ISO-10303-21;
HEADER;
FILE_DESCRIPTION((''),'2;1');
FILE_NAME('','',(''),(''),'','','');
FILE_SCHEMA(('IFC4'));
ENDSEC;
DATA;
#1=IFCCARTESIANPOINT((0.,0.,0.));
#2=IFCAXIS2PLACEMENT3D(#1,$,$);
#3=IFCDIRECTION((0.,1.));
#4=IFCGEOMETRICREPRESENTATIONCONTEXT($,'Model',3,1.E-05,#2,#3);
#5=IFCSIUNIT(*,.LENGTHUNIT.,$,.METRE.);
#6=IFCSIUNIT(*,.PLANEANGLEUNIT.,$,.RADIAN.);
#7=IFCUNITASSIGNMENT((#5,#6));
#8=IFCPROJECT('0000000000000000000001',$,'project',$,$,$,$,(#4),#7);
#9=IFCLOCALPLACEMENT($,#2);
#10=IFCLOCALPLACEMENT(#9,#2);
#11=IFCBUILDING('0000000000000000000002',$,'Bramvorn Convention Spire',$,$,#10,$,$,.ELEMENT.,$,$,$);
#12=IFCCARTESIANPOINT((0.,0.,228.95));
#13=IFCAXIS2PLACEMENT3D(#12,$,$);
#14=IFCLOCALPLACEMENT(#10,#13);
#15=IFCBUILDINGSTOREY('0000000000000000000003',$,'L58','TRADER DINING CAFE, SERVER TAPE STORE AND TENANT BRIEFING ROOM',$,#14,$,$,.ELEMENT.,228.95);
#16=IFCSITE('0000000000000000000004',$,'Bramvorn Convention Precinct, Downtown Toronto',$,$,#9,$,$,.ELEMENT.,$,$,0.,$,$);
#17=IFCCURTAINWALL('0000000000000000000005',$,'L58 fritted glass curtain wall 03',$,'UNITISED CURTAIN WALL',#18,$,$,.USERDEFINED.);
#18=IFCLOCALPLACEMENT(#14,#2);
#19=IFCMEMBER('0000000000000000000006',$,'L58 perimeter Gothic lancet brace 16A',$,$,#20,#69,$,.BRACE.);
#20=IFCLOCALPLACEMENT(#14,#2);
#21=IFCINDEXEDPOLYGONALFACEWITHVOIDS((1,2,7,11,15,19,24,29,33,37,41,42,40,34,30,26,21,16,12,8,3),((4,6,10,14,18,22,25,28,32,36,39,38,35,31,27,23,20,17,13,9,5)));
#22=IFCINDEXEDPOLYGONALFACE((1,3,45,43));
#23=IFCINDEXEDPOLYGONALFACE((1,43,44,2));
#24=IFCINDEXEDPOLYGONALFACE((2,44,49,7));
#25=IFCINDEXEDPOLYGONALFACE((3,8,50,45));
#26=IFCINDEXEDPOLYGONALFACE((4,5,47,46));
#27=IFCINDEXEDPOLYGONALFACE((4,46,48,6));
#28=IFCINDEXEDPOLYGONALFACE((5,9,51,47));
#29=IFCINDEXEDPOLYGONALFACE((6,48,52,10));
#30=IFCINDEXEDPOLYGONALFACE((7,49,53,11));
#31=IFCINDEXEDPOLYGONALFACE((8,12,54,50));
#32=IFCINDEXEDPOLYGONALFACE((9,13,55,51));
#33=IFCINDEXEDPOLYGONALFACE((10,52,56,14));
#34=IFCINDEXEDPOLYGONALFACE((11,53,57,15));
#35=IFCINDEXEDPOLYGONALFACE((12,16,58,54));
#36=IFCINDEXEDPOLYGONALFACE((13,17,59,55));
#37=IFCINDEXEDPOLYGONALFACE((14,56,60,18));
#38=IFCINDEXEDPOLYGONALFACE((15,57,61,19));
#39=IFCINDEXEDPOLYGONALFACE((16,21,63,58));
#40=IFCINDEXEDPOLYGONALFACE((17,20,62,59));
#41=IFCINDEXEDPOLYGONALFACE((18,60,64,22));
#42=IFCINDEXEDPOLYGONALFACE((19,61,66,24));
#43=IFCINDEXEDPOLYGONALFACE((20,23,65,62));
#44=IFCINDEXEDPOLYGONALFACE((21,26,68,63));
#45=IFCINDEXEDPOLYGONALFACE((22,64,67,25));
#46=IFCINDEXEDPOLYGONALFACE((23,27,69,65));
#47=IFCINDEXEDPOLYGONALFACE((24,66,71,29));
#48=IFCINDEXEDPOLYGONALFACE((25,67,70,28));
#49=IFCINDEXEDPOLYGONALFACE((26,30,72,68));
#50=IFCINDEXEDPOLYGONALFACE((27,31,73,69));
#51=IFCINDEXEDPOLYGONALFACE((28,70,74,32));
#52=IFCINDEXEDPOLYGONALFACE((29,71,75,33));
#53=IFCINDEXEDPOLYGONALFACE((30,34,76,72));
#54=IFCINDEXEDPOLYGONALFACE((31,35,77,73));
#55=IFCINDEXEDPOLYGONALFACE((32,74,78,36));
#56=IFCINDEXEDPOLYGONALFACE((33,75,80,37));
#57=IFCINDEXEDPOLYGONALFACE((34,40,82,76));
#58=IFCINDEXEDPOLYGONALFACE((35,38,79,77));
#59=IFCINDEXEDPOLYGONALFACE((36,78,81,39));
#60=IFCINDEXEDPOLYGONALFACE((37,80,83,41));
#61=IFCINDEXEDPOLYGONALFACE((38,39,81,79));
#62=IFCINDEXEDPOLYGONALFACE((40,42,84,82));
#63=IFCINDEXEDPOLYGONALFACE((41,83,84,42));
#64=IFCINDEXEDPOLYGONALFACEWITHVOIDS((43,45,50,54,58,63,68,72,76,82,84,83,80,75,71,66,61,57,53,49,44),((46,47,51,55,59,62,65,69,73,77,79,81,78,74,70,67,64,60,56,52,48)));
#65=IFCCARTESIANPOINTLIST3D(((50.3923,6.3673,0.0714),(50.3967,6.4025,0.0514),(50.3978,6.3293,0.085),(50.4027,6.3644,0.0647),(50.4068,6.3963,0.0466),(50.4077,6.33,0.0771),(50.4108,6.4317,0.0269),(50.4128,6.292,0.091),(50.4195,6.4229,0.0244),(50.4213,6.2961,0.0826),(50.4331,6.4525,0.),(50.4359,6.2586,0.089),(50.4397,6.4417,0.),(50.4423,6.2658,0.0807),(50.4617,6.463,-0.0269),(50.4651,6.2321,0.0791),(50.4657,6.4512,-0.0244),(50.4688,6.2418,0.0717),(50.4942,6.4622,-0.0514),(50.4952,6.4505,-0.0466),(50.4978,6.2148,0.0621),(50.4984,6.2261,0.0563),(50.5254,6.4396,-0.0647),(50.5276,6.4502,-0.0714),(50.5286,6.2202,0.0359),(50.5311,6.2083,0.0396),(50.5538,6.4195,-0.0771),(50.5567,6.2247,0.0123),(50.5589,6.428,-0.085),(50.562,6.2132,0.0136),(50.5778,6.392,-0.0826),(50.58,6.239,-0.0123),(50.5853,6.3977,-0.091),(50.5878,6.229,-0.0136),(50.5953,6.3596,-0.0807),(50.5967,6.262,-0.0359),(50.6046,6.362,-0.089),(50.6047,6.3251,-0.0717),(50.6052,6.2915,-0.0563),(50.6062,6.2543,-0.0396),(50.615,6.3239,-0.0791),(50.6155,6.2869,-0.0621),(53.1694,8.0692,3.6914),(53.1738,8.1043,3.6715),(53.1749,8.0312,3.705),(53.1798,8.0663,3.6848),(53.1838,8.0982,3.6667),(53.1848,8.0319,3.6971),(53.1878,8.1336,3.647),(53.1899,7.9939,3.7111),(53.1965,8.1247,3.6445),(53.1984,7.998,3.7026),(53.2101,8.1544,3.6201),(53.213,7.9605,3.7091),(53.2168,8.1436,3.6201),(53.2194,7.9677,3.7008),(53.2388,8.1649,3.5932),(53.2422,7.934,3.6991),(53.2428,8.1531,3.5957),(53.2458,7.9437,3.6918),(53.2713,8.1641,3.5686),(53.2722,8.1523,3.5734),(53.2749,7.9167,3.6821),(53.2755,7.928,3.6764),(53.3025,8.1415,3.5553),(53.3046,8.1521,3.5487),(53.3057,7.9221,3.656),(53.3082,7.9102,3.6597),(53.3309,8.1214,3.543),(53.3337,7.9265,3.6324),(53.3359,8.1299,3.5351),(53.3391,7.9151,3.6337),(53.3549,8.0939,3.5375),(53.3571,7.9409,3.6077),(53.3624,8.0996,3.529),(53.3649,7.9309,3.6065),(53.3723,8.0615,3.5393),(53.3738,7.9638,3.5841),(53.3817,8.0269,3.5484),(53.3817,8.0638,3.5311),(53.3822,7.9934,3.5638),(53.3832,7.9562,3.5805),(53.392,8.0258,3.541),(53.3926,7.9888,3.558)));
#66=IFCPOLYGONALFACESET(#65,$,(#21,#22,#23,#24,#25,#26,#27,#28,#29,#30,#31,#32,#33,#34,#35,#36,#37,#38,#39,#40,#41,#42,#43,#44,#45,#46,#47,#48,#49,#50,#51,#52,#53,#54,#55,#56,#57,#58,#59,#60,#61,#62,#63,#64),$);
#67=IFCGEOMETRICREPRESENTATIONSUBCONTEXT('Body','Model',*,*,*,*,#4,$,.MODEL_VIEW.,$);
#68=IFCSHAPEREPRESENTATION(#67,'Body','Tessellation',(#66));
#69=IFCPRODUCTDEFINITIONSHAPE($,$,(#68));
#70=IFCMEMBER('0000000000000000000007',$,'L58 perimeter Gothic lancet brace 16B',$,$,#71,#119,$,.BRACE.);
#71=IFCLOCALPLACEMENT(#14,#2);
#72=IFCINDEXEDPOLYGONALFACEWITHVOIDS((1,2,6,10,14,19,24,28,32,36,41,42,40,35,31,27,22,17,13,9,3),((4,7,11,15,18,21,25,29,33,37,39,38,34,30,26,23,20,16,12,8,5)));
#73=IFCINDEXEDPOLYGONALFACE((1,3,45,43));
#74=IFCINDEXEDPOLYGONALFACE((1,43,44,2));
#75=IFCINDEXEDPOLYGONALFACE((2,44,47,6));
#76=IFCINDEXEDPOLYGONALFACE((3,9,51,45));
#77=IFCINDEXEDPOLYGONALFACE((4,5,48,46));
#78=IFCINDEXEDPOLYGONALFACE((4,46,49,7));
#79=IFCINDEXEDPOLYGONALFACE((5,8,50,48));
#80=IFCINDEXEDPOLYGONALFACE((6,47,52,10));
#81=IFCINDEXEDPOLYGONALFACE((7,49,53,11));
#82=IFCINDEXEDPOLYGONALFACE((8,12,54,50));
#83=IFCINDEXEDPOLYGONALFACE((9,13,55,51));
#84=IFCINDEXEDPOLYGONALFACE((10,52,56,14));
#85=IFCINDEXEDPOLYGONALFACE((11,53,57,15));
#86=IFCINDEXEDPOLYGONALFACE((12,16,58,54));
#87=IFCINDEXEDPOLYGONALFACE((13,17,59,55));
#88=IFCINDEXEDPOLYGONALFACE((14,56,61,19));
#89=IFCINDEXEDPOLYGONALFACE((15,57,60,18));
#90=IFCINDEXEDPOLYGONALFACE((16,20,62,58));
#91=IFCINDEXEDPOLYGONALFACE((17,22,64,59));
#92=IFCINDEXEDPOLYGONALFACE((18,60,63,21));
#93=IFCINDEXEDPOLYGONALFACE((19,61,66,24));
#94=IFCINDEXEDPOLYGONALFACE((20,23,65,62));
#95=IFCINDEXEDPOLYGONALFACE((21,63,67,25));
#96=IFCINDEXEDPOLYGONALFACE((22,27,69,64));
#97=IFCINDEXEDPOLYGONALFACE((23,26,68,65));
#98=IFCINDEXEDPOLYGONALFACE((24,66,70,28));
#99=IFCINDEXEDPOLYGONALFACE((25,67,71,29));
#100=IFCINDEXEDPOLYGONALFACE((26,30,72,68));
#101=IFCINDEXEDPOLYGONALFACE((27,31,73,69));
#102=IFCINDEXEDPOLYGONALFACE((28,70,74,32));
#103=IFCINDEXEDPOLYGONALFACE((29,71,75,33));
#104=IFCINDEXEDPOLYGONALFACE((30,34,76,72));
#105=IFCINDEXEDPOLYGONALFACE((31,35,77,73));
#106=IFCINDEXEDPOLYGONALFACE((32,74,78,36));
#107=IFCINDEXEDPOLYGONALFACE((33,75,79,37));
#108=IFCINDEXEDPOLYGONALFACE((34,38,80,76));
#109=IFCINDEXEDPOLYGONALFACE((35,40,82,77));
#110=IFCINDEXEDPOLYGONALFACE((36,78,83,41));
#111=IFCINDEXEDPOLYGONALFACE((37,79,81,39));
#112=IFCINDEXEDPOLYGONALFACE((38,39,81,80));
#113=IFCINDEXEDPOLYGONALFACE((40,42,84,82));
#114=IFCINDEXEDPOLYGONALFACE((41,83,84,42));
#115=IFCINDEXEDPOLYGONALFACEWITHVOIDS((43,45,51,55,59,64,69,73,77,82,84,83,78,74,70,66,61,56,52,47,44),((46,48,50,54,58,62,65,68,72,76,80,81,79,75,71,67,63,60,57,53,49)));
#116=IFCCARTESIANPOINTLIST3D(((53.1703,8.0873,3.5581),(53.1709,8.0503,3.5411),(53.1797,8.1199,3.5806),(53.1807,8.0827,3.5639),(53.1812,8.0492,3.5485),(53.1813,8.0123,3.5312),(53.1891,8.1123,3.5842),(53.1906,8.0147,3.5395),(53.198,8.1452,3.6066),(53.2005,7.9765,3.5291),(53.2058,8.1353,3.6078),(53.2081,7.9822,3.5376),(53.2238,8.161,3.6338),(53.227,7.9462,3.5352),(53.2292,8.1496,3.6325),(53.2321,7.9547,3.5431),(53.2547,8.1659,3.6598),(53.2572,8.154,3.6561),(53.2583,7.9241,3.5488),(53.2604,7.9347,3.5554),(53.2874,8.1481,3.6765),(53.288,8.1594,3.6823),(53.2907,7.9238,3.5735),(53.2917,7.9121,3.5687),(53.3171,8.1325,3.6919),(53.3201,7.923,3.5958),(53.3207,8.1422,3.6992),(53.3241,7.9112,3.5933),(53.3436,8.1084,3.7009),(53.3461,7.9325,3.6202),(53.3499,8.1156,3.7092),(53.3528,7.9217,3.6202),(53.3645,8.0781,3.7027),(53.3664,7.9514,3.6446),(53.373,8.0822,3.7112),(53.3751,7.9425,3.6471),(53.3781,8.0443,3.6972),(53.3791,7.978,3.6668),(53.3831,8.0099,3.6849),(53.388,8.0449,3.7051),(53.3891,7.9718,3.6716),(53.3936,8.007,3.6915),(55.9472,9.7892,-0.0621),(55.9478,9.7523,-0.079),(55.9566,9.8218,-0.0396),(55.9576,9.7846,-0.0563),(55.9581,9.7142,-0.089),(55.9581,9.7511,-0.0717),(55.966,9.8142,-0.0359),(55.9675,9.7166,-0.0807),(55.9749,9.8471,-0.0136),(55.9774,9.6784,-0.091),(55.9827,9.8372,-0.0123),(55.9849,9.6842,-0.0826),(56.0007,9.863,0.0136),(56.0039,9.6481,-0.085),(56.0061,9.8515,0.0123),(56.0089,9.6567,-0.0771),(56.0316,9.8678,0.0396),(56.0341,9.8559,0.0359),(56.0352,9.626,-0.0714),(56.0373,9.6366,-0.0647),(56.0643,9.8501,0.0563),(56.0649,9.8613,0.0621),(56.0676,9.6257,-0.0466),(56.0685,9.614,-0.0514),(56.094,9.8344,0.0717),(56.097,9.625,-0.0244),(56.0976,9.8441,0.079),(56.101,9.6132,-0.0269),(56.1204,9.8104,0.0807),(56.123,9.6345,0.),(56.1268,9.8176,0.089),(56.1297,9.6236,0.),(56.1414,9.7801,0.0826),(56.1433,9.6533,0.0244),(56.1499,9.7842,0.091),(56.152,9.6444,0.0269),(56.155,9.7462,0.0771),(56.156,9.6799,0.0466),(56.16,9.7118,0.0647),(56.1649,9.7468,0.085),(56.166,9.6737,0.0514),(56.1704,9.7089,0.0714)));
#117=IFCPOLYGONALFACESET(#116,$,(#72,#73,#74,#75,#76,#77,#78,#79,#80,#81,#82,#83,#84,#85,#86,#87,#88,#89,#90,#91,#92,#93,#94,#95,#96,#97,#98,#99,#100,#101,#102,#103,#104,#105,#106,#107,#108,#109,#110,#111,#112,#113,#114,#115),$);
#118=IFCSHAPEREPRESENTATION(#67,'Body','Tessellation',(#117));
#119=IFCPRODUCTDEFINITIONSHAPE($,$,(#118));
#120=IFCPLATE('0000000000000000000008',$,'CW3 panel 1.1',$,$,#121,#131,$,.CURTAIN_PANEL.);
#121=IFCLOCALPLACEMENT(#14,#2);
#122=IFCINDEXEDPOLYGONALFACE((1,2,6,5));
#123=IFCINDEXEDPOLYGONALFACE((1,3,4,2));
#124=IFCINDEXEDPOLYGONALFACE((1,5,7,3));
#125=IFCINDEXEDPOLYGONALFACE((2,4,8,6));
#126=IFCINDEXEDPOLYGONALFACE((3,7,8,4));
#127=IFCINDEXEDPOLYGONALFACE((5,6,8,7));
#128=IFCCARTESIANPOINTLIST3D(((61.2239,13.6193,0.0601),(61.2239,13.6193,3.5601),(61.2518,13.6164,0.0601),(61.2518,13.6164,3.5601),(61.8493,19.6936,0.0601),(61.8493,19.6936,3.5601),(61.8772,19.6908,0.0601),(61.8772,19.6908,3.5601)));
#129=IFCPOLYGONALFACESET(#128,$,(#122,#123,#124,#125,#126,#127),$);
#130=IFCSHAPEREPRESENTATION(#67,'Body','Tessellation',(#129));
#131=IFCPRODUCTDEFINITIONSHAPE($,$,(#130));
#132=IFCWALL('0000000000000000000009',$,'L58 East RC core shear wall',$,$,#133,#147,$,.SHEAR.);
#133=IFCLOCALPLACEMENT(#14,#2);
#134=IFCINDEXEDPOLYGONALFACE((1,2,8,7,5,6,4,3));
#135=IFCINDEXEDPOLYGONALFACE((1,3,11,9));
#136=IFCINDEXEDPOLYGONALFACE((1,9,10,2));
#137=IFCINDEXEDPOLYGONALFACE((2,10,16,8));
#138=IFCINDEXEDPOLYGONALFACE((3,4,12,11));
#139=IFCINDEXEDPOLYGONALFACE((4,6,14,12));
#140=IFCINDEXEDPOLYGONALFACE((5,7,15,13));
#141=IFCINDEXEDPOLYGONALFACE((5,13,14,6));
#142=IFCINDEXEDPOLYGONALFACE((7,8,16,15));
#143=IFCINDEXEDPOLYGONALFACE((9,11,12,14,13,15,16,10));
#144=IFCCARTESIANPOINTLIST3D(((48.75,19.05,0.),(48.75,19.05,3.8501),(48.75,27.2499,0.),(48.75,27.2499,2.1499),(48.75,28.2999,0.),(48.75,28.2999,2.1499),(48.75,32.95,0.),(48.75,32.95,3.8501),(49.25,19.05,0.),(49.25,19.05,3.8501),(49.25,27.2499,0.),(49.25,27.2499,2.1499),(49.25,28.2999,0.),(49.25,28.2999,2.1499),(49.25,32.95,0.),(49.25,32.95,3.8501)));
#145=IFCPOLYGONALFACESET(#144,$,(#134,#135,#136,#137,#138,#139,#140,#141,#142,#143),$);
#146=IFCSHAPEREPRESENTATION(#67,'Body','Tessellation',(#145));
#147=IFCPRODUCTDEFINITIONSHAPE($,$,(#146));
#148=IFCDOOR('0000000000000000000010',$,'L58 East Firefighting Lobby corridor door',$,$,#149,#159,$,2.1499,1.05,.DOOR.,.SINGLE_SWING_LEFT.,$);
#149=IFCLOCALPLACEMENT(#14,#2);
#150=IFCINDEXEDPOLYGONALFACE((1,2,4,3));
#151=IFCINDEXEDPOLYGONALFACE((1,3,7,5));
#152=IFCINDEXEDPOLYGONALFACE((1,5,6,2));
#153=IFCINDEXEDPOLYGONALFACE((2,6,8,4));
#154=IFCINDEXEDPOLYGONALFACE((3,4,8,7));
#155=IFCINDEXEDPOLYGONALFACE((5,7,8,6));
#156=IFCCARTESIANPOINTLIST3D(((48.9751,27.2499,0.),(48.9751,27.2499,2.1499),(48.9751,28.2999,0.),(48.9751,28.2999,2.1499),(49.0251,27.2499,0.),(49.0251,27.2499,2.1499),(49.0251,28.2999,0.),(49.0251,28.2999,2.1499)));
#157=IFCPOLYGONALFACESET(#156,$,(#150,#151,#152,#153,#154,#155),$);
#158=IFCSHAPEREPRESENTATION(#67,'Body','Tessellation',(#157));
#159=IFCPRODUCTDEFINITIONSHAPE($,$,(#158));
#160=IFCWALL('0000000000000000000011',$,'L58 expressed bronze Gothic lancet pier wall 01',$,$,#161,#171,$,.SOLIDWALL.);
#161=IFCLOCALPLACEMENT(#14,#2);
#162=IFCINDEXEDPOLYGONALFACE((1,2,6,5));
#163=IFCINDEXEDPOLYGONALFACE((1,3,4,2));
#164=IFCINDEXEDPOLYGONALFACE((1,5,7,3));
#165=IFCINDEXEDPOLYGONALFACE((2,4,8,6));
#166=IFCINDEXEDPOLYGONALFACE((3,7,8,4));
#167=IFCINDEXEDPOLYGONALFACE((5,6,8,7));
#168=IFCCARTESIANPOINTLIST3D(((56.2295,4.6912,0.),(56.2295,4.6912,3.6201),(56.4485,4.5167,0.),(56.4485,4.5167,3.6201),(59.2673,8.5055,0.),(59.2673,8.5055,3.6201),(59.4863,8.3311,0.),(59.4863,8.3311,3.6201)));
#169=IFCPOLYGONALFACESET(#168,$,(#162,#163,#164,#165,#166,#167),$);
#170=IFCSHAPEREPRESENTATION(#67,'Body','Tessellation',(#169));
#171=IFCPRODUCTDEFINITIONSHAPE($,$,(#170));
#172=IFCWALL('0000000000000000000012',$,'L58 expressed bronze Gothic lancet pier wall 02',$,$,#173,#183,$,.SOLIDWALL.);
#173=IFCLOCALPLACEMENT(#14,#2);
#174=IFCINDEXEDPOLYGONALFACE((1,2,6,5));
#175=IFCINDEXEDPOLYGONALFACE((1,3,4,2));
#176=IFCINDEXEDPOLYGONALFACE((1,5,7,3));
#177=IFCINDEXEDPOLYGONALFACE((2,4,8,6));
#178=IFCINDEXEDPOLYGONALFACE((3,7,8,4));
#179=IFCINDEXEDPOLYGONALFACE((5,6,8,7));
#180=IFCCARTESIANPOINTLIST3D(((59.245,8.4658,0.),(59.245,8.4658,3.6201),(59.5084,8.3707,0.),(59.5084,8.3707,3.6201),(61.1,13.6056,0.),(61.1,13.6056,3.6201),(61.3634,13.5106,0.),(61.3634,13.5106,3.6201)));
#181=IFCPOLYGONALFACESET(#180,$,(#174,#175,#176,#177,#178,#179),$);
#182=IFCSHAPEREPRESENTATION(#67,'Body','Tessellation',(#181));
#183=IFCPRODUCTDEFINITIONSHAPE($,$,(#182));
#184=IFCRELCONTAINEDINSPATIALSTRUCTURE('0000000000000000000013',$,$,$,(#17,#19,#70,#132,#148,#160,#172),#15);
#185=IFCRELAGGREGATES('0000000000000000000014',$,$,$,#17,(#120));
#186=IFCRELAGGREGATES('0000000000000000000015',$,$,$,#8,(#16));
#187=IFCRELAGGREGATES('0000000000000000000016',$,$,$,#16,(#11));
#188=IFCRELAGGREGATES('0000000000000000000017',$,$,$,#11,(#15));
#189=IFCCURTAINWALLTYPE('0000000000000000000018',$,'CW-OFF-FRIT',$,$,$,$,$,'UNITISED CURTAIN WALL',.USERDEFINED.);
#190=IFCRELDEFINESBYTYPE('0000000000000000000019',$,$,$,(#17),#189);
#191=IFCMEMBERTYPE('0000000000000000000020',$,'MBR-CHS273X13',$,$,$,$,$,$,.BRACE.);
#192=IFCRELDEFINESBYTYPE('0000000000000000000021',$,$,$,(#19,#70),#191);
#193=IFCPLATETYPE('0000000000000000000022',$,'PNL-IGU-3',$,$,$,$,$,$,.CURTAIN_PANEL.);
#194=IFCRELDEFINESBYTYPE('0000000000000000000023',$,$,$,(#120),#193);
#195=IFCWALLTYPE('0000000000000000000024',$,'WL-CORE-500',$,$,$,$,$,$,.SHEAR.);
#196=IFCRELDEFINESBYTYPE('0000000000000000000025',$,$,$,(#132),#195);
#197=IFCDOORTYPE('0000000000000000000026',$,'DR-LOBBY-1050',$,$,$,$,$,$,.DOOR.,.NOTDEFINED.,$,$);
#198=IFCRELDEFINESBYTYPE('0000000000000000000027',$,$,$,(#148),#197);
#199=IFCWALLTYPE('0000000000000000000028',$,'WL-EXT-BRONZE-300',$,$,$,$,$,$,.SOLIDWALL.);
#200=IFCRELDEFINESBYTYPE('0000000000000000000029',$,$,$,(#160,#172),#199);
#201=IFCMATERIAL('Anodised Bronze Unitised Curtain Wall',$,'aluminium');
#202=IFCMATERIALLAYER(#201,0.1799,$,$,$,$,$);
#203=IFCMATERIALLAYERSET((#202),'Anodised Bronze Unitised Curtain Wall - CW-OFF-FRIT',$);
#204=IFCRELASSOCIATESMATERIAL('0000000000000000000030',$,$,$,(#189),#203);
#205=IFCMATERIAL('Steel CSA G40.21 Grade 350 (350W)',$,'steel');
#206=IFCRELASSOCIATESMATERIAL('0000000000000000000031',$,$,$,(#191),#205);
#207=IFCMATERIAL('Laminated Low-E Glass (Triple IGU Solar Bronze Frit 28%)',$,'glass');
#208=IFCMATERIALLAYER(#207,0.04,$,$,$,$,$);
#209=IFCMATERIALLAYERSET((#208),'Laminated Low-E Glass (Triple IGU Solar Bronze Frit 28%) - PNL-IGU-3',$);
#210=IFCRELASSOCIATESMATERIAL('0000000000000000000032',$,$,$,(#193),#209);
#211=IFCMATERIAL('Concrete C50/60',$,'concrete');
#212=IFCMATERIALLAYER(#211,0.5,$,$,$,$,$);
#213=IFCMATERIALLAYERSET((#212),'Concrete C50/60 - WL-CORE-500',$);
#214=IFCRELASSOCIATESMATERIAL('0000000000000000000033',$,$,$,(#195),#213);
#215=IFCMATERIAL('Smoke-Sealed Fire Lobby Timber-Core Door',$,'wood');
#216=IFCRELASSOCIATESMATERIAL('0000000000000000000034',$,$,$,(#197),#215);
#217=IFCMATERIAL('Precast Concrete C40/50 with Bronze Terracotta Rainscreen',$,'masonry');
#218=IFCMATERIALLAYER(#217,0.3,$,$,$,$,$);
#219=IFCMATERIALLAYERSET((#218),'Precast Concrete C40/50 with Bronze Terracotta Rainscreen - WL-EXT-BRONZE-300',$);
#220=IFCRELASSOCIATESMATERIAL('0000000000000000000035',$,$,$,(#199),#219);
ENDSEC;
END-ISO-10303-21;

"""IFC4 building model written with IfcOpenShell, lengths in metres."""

from ifc_helpers import new_model, si_unit, direction, frame, frame_2d, origin, origin_2d, place, context, subcontext, project, spatial, rectangle, hollow_circle, extrude, material, layer, layer_set, material_profile, profile_set, type_object, element, fill, aggregate, save


model = new_model("IFC4")

# Units and contexts
model_context = context("Model", 3, precision=1e-05, world=origin(), true_north=direction((0.0, 1.0)))
body_context = subcontext(model_context, "Body", "Model", "MODEL_VIEW")
ifc_project = project(units=[si_unit("LENGTHUNIT", "METRE"), si_unit("PLANEANGLEUNIT", "RADIAN")], contexts=[model_context])

# Site, building, storey
site_placement = place(None, origin())
site = spatial("IfcSite", under=ifc_project, at=site_placement, Name="Bramvorn Convention Precinct, Downtown Toronto", CompositionType="ELEMENT", RefElevation=0.0)
building_placement = place(site_placement, origin())
building = spatial("IfcBuilding", under=site, at=building_placement, Name="Bramvorn Convention Spire", CompositionType="ELEMENT")
storey_placement = place(building_placement, frame((0.0, 0.0, 228.95)))
storey = spatial("IfcBuildingStorey", under=building, at=storey_placement, Name="L58", Description="TRADER DINING CAFE, SERVER TAPE STORE AND TENANT BRIEFING ROOM", CompositionType="ELEMENT", Elevation=228.95)

# Shared definitions
ifc_material_1 = material(Name="Steel CSA G40.21 Grade 350 (350W)", Category="steel")

# Curtain wall
ifc_material_2 = material(Name="Anodised Bronze Unitised Curtain Wall", Category="aluminium")
ifc_layer_1 = layer(ifc_material_2, 0.1799)
ifc_layer_set_1 = layer_set([ifc_layer_1], Name="Anodised Bronze Unitised Curtain Wall - CW-OFF-FRIT")
curtain_wall_type = type_object("IfcCurtainWallType", Name="CW-OFF-FRIT", ElementType="UNITISED CURTAIN WALL", PredefinedType="USERDEFINED", material=ifc_layer_set_1)
curtain_wall_1_placement = place(storey_placement, origin())
curtain_wall_1 = element("IfcCurtainWall", 1, at=curtain_wall_1_placement, inside=storey, type_object=curtain_wall_type, Name="L58 fritted glass curtain wall 03", ObjectType="UNITISED CURTAIN WALL", PredefinedType="USERDEFINED")

# Members
ifc_material_profile_1 = material_profile(ifc_material_1, hollow_circle(Radius=0.1365, WallThickness=0.0127, at=origin_2d()))
ifc_profile_set_1 = profile_set([ifc_material_profile_1], Name="Steel CSA G40.21 Grade 350 (350W) - CHS273X13")
member_type_1 = type_object("IfcMemberType", Name="MBR-CHS273X13", PredefinedType="BRACE", material=ifc_profile_set_1)
for number, where, z_axis, x_axis, name in (
    (2, (50.5044, 6.3362, 0.0), (0.570281, 0.349488, 0.743396), (-0.52252, 0.852627, 0.0), "L58 perimeter Gothic lancet brace 16A"),
    (3, (56.0583, 9.74, 0.0), (-0.570247, -0.349498, 0.743417), (0.522553, -0.852607, 0.0), "L58 perimeter Gothic lancet brace 16B"),
):
    element("IfcMember", number, at=place(storey_placement, frame(where, z_axis=z_axis, x_axis=x_axis)), inside=storey, type_object=member_type_1, Name=name, PredefinedType="BRACE", context=body_context, shape_type="SweptSolid", body=[
        extrude(hollow_circle(Radius=0.1365, WallThickness=0.0127, at=origin_2d()), origin(), (0.0, 0.0, 1.0), 4.8696),
    ])

# Plate
ifc_material_3 = material(Name="Laminated Low-E Glass (Triple IGU Solar Bronze Frit 28%)", Category="glass")
ifc_layer_2 = layer(ifc_material_3, 0.04)
ifc_layer_set_2 = layer_set([ifc_layer_2], Name="Laminated Low-E Glass (Triple IGU Solar Bronze Frit 28%) - PNL-IGU-3")
plate_type = type_object("IfcPlateType", Name="PNL-IGU-3", PredefinedType="CURTAIN_PANEL", material=ifc_layer_set_2)
plate_placement = place(storey_placement, frame((61.5505, 16.655, 0.0601), z_axis=(0.0, 0.0, 1.0), x_axis=(-0.10242, -0.994741, 0.0)))
plate = element("IfcPlate", 4, at=plate_placement, type_object=plate_type, Name="CW3 panel 1.1", PredefinedType="CURTAIN_PANEL", context=body_context, shape_type="SweptSolid", body=[
    extrude(rectangle(XDim=6.1064, YDim=0.0281, at=origin_2d()), origin(), (0.0, 0.0, 1.0), 3.5),
])
aggregate(curtain_wall_1, [plate])

# Wall, opening, door
ifc_material_4 = material(Name="Concrete C50/60", Category="concrete")
ifc_layer_3 = layer(ifc_material_4, 0.5)
ifc_layer_set_3 = layer_set([ifc_layer_3], Name="Concrete C50/60 - WL-CORE-500")
wall_type_1 = type_object("IfcWallType", Name="WL-CORE-500", PredefinedType="SHEAR", material=ifc_layer_set_3)
wall_1_placement = place(storey_placement, frame((49.0, 19.05, 0.0), z_axis=(0.0, 0.0, 1.0), x_axis=(0.0, 1.0, 0.0)))
wall_1 = element("IfcWall", 5, at=wall_1_placement, inside=storey, type_object=wall_type_1, Name="L58 East RC core shear wall", PredefinedType="SHEAR", context=body_context, shape_type="SweptSolid", body=[
    extrude(rectangle(XDim=13.8999, YDim=0.5, at=frame_2d((6.95, 0.0))), origin(), (0.0, 0.0, 1.0), 3.8501),
])
opening_1_placement = place(wall_1_placement, frame((8.2, 0.0, 0.0)))
opening_1 = element("IfcOpeningElement", 6, at=opening_1_placement, cuts=wall_1, PredefinedType="OPENING", context=body_context, shape_type="SweptSolid", body=[
    extrude(rectangle(XDim=1.05, YDim=2.1499, at=frame_2d((0.5249, 1.075))), frame((0.0, 0.26, 0.0), z_axis=(0.0, -1.0, 0.0), x_axis=(1.0, 0.0, 0.0)), (0.0, 0.0, 1.0), 0.52),
])
ifc_material_5 = material(Name="Smoke-Sealed Fire Lobby Timber-Core Door", Category="wood")
door_type = type_object("IfcDoorType", Name="DR-LOBBY-1050", OperationType="NOTDEFINED", PredefinedType="DOOR", material=ifc_material_5)
door_placement = place(opening_1_placement, origin())
door = element("IfcDoor", 7, at=door_placement, inside=storey, type_object=door_type, Name="L58 East Firefighting Lobby corridor door", OperationType="SINGLE_SWING_LEFT", OverallHeight=2.1499, OverallWidth=1.05, PredefinedType="DOOR", context=body_context, shape_type="SweptSolid", body=[
    extrude(rectangle(XDim=1.05, YDim=2.1499, at=frame_2d((0.5249, 1.075))), frame((0.0, 0.0249, 0.0), z_axis=(0.0, -1.0, 0.0), x_axis=(1.0, 0.0, 0.0)), (0.0, 0.0, 1.0), 0.05),
])
fill(opening_1, door)

# Walls
ifc_material_6 = material(Name="Precast Concrete C40/50 with Bronze Terracotta Rainscreen", Category="masonry")
ifc_layer_4 = layer(ifc_material_6, 0.3)
ifc_layer_set_4 = layer_set([ifc_layer_4], Name="Precast Concrete C40/50 with Bronze Terracotta Rainscreen - WL-EXT-BRONZE-300")
wall_type_2 = type_object("IfcWallType", Name="WL-EXT-BRONZE-300", PredefinedType="SOLIDWALL", material=ifc_layer_set_4)
wall_2_placement = place(storey_placement, frame((59.3767, 8.4182, 0.0), z_axis=(0.0, 0.0, 1.0), x_axis=(-0.622978, -0.782239, 0.0)))
element("IfcWall", 8, at=wall_2_placement, inside=storey, type_object=wall_type_2, Name="L58 expressed bronze Gothic lancet pier wall 01", PredefinedType="SOLIDWALL", context=body_context, shape_type="SweptSolid", body=[
    extrude(rectangle(XDim=4.8762, YDim=0.28, at=frame_2d((2.438, 0.0))), origin(), (0.0, 0.0, 1.0), 3.6201),
])
wall_3_placement = place(storey_placement, frame((61.2317, 13.5581, 0.0), z_axis=(0.0, 0.0, 1.0), x_axis=(-0.339468, -0.940618, 0.0)))
element("IfcWall", 9, at=wall_3_placement, inside=storey, type_object=wall_type_2, Name="L58 expressed bronze Gothic lancet pier wall 02", PredefinedType="SOLIDWALL", context=body_context, shape_type="SweptSolid", body=[
    extrude(rectangle(XDim=5.4644, YDim=0.28, at=frame_2d((2.7322, 0.0))), origin(), (0.0, 0.0, 1.0), 3.6201),
])

save(model, "model.ifc")
